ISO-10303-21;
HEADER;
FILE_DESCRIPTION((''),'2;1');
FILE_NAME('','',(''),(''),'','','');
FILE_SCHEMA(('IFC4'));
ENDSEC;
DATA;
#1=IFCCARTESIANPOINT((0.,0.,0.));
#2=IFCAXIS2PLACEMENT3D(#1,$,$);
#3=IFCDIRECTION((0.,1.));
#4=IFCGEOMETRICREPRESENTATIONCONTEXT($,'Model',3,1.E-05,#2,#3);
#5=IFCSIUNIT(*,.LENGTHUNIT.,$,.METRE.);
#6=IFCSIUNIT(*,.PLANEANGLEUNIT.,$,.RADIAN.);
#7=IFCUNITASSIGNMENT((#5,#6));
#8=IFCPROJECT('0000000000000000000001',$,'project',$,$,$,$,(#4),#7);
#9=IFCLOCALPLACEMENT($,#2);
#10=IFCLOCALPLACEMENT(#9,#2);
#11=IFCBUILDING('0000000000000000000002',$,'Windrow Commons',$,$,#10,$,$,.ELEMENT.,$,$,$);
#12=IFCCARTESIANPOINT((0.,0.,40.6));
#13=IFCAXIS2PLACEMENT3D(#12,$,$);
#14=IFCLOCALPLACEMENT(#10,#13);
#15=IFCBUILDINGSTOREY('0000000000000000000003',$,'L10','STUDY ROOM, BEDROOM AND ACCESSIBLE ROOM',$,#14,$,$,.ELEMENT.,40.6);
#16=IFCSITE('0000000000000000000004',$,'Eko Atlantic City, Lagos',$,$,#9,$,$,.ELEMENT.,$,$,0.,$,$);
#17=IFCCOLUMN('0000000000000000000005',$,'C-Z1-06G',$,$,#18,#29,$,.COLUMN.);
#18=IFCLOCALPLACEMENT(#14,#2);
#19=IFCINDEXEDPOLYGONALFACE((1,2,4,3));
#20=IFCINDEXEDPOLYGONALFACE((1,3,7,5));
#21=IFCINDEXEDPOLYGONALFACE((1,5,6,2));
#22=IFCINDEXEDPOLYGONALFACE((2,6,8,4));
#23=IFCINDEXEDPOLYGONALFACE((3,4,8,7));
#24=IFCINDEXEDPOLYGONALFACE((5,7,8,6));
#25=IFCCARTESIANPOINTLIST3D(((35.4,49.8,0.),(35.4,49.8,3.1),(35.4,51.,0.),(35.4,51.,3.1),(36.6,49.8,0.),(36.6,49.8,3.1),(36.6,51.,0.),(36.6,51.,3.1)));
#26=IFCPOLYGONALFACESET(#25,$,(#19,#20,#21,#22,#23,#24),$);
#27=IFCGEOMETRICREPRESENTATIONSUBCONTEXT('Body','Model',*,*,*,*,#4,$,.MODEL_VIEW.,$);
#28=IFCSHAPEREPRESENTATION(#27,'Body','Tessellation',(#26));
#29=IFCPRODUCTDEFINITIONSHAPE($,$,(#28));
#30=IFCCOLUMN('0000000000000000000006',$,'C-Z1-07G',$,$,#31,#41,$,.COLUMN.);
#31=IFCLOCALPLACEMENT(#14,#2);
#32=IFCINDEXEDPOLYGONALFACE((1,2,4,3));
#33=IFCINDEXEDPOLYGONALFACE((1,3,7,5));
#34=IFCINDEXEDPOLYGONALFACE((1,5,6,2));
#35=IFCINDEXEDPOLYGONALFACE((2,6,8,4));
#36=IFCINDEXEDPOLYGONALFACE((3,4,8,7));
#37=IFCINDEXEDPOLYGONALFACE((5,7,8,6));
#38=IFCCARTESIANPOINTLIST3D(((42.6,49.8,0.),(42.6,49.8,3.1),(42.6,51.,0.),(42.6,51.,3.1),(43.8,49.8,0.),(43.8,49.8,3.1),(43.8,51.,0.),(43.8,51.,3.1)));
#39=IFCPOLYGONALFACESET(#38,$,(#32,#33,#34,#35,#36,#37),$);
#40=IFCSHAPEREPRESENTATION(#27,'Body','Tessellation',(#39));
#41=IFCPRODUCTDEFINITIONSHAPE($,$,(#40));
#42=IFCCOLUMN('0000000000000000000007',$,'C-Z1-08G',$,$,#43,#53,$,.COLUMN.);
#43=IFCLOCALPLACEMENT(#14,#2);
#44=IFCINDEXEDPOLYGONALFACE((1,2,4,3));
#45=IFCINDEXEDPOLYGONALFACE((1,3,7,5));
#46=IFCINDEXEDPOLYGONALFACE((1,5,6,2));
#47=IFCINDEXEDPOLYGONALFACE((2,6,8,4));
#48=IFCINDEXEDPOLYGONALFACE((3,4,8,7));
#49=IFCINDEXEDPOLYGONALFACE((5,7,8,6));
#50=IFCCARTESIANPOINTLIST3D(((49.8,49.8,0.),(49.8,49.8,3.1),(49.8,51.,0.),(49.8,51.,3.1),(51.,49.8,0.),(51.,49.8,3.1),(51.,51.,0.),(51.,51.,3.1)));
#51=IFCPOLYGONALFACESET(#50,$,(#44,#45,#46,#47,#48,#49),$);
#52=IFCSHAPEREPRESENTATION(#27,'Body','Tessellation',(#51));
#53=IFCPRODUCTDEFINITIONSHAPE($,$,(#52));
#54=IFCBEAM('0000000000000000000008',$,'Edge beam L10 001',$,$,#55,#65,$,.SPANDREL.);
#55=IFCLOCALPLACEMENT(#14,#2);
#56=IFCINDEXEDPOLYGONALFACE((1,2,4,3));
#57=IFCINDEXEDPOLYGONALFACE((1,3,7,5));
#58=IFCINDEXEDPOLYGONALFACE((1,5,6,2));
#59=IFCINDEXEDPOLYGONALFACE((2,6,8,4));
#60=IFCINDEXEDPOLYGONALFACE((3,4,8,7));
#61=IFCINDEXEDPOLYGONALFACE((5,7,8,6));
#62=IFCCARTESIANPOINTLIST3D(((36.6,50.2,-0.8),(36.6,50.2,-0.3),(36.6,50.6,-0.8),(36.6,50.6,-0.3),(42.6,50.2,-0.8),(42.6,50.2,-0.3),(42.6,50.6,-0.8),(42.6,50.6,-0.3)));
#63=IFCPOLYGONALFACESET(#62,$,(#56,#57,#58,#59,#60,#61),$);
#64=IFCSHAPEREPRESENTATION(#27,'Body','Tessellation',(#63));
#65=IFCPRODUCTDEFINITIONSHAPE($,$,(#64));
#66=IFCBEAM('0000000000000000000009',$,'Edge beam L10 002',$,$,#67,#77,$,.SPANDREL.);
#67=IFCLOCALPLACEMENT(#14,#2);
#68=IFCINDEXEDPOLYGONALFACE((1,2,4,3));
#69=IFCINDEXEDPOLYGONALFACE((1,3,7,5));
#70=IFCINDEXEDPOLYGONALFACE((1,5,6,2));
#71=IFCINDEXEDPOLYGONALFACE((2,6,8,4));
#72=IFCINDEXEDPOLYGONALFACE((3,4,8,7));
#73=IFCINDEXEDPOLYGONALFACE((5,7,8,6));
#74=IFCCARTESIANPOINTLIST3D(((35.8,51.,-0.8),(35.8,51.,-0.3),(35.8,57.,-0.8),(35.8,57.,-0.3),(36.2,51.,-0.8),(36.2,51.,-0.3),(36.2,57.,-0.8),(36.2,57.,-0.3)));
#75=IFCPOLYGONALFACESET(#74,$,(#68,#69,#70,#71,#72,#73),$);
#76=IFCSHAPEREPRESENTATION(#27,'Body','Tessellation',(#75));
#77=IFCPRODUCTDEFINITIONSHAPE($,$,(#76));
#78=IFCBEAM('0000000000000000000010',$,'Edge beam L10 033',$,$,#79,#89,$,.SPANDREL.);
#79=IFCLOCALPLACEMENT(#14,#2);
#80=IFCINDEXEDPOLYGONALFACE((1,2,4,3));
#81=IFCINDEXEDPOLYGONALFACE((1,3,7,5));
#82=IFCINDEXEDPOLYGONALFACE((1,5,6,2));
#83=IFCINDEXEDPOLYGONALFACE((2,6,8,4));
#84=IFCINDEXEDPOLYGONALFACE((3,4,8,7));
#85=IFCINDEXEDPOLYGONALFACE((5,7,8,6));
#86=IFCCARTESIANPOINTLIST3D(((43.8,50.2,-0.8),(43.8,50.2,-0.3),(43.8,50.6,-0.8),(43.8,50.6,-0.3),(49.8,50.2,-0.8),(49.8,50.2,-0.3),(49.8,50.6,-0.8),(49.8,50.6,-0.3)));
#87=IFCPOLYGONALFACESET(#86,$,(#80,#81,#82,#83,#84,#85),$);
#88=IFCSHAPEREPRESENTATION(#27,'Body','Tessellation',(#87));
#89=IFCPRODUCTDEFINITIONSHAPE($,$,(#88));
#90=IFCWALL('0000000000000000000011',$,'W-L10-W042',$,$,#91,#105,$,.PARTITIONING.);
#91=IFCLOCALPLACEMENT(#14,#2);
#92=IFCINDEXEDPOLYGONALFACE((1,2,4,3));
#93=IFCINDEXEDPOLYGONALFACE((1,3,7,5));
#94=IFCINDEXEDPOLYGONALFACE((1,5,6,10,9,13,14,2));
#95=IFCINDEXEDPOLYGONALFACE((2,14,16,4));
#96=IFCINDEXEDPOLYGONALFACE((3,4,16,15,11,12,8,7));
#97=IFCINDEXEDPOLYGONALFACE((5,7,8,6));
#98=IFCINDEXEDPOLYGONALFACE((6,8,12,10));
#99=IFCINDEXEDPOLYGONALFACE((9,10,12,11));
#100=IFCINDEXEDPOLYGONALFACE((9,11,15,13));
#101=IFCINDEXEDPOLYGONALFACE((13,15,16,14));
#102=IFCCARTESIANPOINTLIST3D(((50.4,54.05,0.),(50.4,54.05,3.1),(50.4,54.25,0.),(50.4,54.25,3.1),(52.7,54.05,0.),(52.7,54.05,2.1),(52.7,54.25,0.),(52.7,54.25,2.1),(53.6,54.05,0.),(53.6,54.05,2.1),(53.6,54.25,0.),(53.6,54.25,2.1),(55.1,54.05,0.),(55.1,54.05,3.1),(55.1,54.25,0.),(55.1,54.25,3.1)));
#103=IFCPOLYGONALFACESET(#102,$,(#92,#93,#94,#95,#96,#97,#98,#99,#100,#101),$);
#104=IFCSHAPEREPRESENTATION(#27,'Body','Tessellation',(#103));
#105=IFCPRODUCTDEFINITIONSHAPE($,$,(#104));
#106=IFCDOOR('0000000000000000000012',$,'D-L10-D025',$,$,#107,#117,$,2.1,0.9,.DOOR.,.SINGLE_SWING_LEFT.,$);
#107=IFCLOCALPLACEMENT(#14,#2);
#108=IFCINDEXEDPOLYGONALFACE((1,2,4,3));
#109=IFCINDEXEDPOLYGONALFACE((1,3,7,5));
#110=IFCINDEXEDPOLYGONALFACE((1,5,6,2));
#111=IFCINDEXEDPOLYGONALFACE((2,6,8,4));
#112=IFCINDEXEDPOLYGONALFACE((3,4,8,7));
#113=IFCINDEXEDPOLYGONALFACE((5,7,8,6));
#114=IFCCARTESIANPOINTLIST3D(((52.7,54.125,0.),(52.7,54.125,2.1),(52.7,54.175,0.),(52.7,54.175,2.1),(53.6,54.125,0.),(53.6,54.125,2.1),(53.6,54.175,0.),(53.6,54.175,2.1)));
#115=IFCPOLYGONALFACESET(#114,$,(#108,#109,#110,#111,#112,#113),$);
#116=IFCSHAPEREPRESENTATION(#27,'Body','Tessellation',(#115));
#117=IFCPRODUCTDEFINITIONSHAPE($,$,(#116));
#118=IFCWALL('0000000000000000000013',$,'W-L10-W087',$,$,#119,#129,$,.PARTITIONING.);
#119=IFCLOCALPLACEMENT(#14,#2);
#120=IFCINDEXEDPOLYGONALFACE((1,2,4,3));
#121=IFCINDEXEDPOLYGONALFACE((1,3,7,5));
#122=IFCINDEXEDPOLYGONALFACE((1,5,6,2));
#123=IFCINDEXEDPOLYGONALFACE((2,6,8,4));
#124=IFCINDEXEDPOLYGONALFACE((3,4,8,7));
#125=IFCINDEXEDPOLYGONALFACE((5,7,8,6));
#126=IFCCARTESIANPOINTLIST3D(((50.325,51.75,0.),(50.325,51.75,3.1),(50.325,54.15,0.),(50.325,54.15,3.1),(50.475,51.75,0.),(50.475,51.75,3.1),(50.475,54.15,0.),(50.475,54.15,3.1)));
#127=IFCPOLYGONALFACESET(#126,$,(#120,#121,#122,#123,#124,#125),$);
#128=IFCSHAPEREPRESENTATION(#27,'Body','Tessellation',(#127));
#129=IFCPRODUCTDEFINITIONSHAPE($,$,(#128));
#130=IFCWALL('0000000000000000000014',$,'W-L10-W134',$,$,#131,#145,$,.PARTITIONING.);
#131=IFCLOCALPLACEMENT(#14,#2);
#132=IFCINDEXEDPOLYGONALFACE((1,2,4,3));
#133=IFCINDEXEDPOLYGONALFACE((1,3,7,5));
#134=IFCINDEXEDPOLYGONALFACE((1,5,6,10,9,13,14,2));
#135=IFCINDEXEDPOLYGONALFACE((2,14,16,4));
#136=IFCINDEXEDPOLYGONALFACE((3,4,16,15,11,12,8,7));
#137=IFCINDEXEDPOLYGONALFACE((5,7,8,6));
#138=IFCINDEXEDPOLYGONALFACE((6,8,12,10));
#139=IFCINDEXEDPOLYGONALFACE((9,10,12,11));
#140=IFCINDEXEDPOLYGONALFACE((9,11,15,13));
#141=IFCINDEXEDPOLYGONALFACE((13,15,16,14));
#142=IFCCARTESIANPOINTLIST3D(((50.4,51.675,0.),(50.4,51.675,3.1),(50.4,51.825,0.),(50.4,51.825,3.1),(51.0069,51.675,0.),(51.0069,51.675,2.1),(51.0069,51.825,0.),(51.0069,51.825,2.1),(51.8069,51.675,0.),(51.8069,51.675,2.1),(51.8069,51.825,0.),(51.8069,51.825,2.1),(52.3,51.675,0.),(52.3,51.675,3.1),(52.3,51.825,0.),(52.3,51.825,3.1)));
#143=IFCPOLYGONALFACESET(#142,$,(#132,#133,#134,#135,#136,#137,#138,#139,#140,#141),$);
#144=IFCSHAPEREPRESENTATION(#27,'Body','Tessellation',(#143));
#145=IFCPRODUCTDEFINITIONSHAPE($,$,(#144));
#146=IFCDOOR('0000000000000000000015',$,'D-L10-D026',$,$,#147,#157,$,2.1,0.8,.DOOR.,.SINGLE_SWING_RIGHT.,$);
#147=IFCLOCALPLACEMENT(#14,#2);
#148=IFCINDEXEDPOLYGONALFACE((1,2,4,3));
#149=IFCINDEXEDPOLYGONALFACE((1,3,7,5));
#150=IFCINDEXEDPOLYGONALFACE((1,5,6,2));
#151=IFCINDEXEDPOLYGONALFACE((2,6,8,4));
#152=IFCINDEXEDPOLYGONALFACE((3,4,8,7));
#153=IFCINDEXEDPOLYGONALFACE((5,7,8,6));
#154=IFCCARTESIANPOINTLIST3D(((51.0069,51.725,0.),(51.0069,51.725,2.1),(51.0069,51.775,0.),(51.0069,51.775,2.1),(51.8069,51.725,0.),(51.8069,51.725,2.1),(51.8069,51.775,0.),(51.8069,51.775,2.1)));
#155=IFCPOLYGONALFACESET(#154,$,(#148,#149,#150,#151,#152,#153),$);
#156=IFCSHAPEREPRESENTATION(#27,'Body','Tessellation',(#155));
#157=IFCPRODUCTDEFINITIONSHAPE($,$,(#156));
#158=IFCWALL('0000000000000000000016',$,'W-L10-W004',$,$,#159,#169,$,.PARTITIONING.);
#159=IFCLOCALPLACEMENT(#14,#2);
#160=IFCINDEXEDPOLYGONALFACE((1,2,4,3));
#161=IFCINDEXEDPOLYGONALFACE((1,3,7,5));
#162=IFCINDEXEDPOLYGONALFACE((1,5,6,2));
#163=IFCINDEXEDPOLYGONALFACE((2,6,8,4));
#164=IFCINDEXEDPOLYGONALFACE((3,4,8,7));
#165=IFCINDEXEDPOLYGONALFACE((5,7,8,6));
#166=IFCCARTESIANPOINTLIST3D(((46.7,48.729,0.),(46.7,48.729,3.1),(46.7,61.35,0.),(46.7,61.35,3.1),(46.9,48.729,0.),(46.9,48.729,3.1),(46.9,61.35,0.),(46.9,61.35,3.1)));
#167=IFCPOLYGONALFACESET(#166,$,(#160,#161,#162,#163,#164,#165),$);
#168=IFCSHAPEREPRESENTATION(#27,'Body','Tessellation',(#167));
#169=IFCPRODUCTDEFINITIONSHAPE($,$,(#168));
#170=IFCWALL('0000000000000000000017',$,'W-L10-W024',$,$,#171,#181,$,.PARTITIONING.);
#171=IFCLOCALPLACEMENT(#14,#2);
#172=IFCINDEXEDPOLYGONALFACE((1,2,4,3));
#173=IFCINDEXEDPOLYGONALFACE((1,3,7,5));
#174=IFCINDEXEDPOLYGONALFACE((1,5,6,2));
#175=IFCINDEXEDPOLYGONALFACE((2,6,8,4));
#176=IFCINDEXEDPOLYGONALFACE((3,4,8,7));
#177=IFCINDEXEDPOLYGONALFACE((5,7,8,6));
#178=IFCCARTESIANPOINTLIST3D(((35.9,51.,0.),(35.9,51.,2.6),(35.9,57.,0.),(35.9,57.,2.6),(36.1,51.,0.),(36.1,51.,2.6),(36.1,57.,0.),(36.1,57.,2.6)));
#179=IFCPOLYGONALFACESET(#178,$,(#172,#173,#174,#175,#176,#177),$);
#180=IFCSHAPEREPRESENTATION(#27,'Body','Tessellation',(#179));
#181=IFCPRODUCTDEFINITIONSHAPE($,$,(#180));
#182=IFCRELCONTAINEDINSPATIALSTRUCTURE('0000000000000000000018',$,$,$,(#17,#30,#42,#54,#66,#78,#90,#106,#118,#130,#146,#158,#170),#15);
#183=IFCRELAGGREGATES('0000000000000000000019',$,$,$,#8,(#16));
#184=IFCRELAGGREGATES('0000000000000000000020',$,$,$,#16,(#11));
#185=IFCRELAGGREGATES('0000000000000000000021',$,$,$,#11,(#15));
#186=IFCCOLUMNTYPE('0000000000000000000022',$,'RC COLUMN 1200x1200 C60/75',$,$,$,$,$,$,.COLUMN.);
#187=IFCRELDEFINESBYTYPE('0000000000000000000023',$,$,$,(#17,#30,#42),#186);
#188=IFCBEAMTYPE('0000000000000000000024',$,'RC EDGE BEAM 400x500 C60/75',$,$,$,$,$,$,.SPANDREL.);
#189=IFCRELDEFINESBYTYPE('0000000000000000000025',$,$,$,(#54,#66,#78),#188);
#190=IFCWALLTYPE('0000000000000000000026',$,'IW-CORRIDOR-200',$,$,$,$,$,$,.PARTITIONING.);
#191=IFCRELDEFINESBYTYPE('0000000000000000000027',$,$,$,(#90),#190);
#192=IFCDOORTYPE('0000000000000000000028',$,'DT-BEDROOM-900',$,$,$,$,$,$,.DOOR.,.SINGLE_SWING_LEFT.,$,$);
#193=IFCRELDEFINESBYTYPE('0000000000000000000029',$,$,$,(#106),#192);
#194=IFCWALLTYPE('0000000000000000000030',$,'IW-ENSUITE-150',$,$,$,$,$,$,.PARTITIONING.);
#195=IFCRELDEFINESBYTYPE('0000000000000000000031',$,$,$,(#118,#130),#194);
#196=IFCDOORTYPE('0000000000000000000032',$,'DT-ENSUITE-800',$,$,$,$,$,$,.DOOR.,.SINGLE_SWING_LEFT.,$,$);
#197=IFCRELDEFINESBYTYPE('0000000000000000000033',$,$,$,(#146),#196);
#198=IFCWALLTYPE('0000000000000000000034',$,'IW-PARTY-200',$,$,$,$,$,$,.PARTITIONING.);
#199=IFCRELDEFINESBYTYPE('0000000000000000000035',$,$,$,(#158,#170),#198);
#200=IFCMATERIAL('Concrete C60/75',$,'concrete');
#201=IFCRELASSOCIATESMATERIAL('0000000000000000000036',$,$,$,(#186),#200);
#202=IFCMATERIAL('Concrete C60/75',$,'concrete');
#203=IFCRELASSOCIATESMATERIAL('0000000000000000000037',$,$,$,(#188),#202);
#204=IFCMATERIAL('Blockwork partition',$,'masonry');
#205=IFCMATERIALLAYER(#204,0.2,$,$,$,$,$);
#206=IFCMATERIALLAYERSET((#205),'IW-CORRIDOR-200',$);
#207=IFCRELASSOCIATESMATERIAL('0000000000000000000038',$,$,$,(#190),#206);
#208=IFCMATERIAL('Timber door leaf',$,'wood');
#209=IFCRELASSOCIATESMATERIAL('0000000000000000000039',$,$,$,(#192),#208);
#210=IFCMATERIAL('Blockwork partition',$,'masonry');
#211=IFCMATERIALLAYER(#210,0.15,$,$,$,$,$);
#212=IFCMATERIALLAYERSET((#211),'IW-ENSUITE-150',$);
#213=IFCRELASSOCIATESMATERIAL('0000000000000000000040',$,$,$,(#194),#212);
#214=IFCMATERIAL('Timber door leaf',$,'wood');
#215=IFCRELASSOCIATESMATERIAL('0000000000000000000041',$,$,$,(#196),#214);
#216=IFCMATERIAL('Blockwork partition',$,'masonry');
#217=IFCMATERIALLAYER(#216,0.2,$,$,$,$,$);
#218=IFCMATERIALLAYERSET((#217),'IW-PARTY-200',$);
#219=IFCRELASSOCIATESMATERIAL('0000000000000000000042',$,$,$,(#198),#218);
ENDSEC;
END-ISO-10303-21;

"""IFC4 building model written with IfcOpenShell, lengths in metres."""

from ifc_helpers import new_model, si_unit, direction, frame, frame_2d, origin, origin_2d, place, context, subcontext, project, spatial, rectangle, extrude, material, layer, layer_set, material_profile, profile_set, type_object, element, fill, save


model = new_model("IFC4")

# Units and contexts
model_context = context("Model", 3, precision=1e-05, world=origin(), true_north=direction((0.0, 1.0)))
body_context = subcontext(model_context, "Body", "Model", "MODEL_VIEW")
ifc_project = project(units=[si_unit("LENGTHUNIT", "METRE"), si_unit("PLANEANGLEUNIT", "RADIAN")], contexts=[model_context])

# Site, building, storey
site_placement = place(None, origin())
site = spatial("IfcSite", under=ifc_project, at=site_placement, Name="Eko Atlantic City, Lagos", CompositionType="ELEMENT", RefElevation=0.0)
building_placement = place(site_placement, origin())
building = spatial("IfcBuilding", under=site, at=building_placement, Name="Windrow Commons", CompositionType="ELEMENT")
storey_placement = place(building_placement, frame((0.0, 0.0, 40.6)))
storey = spatial("IfcBuildingStorey", under=building, at=storey_placement, Name="L10", Description="STUDY ROOM, BEDROOM AND ACCESSIBLE ROOM", CompositionType="ELEMENT", Elevation=40.6)

# Columns
ifc_material_1 = material(Name="Concrete C60/75", Category="concrete")
ifc_material_profile_1 = material_profile(ifc_material_1, rectangle(XDim=1.2, YDim=1.2, at=origin_2d()))
ifc_profile_set_1 = profile_set([ifc_material_profile_1], Name="Concrete C60/75")
column_type = type_object("IfcColumnType", Name="RC COLUMN 1200x1200 C60/75", PredefinedType="COLUMN", material=ifc_profile_set_1)
for number, where, z_axis, x_axis, name in (
    (1, (36.0, 50.4, 0.0), (0.0, 0.0, 1.0), (1.0, 0.0, 0.0), "C-Z1-06G"),
    (2, (43.2, 50.4, 0.0), (0.0, 0.0, 1.0), (1.0, 0.0, 0.0), "C-Z1-07G"),
    (3, (50.4, 50.4, 0.0), (0.0, 0.0, 1.0), (1.0, 0.0, 0.0), "C-Z1-08G"),
):
    element("IfcColumn", number, at=place(storey_placement, frame(where, z_axis=z_axis, x_axis=x_axis)), inside=storey, type_object=column_type, Name=name, PredefinedType="COLUMN", context=body_context, shape_type="SweptSolid", body=[
        extrude(rectangle(XDim=1.2, YDim=1.2, at=origin_2d()), origin(), (0.0, 0.0, 1.0), 3.1),
    ])

# Beams
ifc_material_2 = material(Name="Concrete C60/75", Category="concrete")
ifc_material_profile_2 = material_profile(ifc_material_2, rectangle(XDim=0.4, YDim=0.5, at=origin_2d()))
ifc_profile_set_2 = profile_set([ifc_material_profile_2], Name="Concrete C60/75")
beam_type = type_object("IfcBeamType", Name="RC EDGE BEAM 400x500 C60/75", PredefinedType="SPANDREL", material=ifc_profile_set_2)
for number, where, z_axis, x_axis, name in (
    (4, (42.6, 50.4, -0.55), (-1.0, 0.0, 0.0), (0.0, -1.0, 0.0), "Edge beam L10 001"),
    (5, (36.0, 51.0, -0.55), (0.0, 1.0, 0.0), (-1.0, 0.0, 0.0), "Edge beam L10 002"),
    (6, (49.8, 50.4, -0.55), (-1.0, 0.0, 0.0), (0.0, -1.0, 0.0), "Edge beam L10 033"),
):
    element("IfcBeam", number, at=place(storey_placement, frame(where, z_axis=z_axis, x_axis=x_axis)), inside=storey, type_object=beam_type, Name=name, PredefinedType="SPANDREL", context=body_context, shape_type="SweptSolid", body=[
        extrude(rectangle(XDim=0.4, YDim=0.5, at=origin_2d()), origin(), (0.0, 0.0, 1.0), 6.0),
    ])

# Wall, opening, door
ifc_material_3 = material(Name="Blockwork partition", Category="masonry")
ifc_layer_1 = layer(ifc_material_3, 0.2)
ifc_layer_set_1 = layer_set([ifc_layer_1], Name="IW-CORRIDOR-200")
wall_type_1 = type_object("IfcWallType", Name="IW-CORRIDOR-200", PredefinedType="PARTITIONING", material=ifc_layer_set_1)
wall_1_placement = place(storey_placement, frame((50.4, 54.15, 0.0), z_axis=(0.0, 0.0, 1.0), x_axis=(1.0, 0.0, 0.0)))
wall_1 = element("IfcWall", 7, at=wall_1_placement, inside=storey, type_object=wall_type_1, Name="W-L10-W042", PredefinedType="PARTITIONING", context=body_context, shape_type="SweptSolid", body=[
    extrude(rectangle(XDim=4.7, YDim=0.2, at=frame_2d((2.35, 0.0))), origin(), (0.0, 0.0, 1.0), 3.1),
])
opening_1_placement = place(wall_1_placement, frame((2.3, 0.0, 0.0)))
opening_1 = element("IfcOpeningElement", 8, at=opening_1_placement, cuts=wall_1, PredefinedType="OPENING", context=body_context, shape_type="SweptSolid", body=[
    extrude(rectangle(XDim=0.9, YDim=2.1, at=frame_2d((0.45, 1.05))), frame((0.0, 0.11, 0.0), z_axis=(0.0, -1.0, 0.0), x_axis=(1.0, 0.0, 0.0)), (0.0, 0.0, 1.0), 0.22),
])
ifc_material_4 = material(Name="Timber door leaf", Category="wood")
door_type_1 = type_object("IfcDoorType", Name="DT-BEDROOM-900", OperationType="SINGLE_SWING_LEFT", PredefinedType="DOOR", material=ifc_material_4)
door_1_placement = place(opening_1_placement, origin())
door_1 = element("IfcDoor", 9, at=door_1_placement, inside=storey, type_object=door_type_1, Name="D-L10-D025", OperationType="SINGLE_SWING_LEFT", OverallHeight=2.1, OverallWidth=0.9, PredefinedType="DOOR", context=body_context, shape_type="SweptSolid", body=[
    extrude(rectangle(XDim=0.9, YDim=2.1, at=frame_2d((0.45, 1.05))), frame((0.0, 0.025, 0.0), z_axis=(0.0, -1.0, 0.0), x_axis=(1.0, 0.0, 0.0)), (0.0, 0.0, 1.0), 0.05),
])
fill(opening_1, door_1)

# Wall
ifc_material_5 = material(Name="Blockwork partition", Category="masonry")
ifc_layer_2 = layer(ifc_material_5, 0.15)
ifc_layer_set_2 = layer_set([ifc_layer_2], Name="IW-ENSUITE-150")
wall_type_2 = type_object("IfcWallType", Name="IW-ENSUITE-150", PredefinedType="PARTITIONING", material=ifc_layer_set_2)
wall_2_placement = place(storey_placement, frame((50.4, 51.75, 0.0), z_axis=(0.0, 0.0, 1.0), x_axis=(0.0, 1.0, 0.0)))
element("IfcWall", 10, at=wall_2_placement, inside=storey, type_object=wall_type_2, Name="W-L10-W087", PredefinedType="PARTITIONING", context=body_context, shape_type="SweptSolid", body=[
    extrude(rectangle(XDim=2.4, YDim=0.15, at=frame_2d((1.2, 0.0))), origin(), (0.0, 0.0, 1.0), 3.1),
])

# Wall, opening, door
wall_3_placement = place(storey_placement, frame((50.4, 51.75, 0.0), z_axis=(0.0, 0.0, 1.0), x_axis=(1.0, 0.0, 0.0)))
wall_3 = element("IfcWall", 11, at=wall_3_placement, inside=storey, type_object=wall_type_2, Name="W-L10-W134", PredefinedType="PARTITIONING", context=body_context, shape_type="SweptSolid", body=[
    extrude(rectangle(XDim=1.9, YDim=0.15, at=frame_2d((0.95, 0.0))), origin(), (0.0, 0.0, 1.0), 3.1),
])
opening_2_placement = place(wall_3_placement, frame((0.6069, 0.0, 0.0)))
opening_2 = element("IfcOpeningElement", 12, at=opening_2_placement, cuts=wall_3, PredefinedType="OPENING", context=body_context, shape_type="SweptSolid", body=[
    extrude(rectangle(XDim=0.8, YDim=2.1, at=frame_2d((0.4, 1.05))), frame((0.0, 0.085, 0.0), z_axis=(0.0, -1.0, 0.0), x_axis=(1.0, 0.0, 0.0)), (0.0, 0.0, 1.0), 0.17),
])
ifc_material_6 = material(Name="Timber door leaf", Category="wood")
door_type_2 = type_object("IfcDoorType", Name="DT-ENSUITE-800", OperationType="SINGLE_SWING_LEFT", PredefinedType="DOOR", material=ifc_material_6)
door_2_placement = place(opening_2_placement, origin())
door_2 = element("IfcDoor", 13, at=door_2_placement, inside=storey, type_object=door_type_2, Name="D-L10-D026", OperationType="SINGLE_SWING_RIGHT", OverallHeight=2.1, OverallWidth=0.8, PredefinedType="DOOR", context=body_context, shape_type="SweptSolid", body=[
    extrude(rectangle(XDim=0.8, YDim=2.1, at=frame_2d((0.4, 1.05))), frame((0.0, 0.025, 0.0), z_axis=(0.0, -1.0, 0.0), x_axis=(1.0, 0.0, 0.0)), (0.0, 0.0, 1.0), 0.05),
])
fill(opening_2, door_2)

# Walls
ifc_material_7 = material(Name="Blockwork partition", Category="masonry")
ifc_layer_3 = layer(ifc_material_7, 0.2)
ifc_layer_set_3 = layer_set([ifc_layer_3], Name="IW-PARTY-200")
wall_type_3 = type_object("IfcWallType", Name="IW-PARTY-200", PredefinedType="PARTITIONING", material=ifc_layer_set_3)
wall_4_placement = place(storey_placement, frame((46.8, 48.729, 0.0), z_axis=(0.0, 0.0, 1.0), x_axis=(0.0, 1.0, 0.0)))
element("IfcWall", 14, at=wall_4_placement, inside=storey, type_object=wall_type_3, Name="W-L10-W004", PredefinedType="PARTITIONING", context=body_context, shape_type="SweptSolid", body=[
    extrude(rectangle(XDim=12.621, YDim=0.2, at=frame_2d((6.3105, 0.0))), origin(), (0.0, 0.0, 1.0), 3.1),
])
wall_5_placement = place(storey_placement, frame((36.0, 51.0, 0.0), z_axis=(0.0, 0.0, 1.0), x_axis=(0.0, 1.0, 0.0)))
element("IfcWall", 15, at=wall_5_placement, inside=storey, type_object=wall_type_3, Name="W-L10-W024", PredefinedType="PARTITIONING", context=body_context, shape_type="SweptSolid", body=[
    extrude(rectangle(XDim=6.0, YDim=0.2, at=frame_2d((3.0, 0.0))), origin(), (0.0, 0.0, 1.0), 2.6),
])

save(model, "model.ifc")
